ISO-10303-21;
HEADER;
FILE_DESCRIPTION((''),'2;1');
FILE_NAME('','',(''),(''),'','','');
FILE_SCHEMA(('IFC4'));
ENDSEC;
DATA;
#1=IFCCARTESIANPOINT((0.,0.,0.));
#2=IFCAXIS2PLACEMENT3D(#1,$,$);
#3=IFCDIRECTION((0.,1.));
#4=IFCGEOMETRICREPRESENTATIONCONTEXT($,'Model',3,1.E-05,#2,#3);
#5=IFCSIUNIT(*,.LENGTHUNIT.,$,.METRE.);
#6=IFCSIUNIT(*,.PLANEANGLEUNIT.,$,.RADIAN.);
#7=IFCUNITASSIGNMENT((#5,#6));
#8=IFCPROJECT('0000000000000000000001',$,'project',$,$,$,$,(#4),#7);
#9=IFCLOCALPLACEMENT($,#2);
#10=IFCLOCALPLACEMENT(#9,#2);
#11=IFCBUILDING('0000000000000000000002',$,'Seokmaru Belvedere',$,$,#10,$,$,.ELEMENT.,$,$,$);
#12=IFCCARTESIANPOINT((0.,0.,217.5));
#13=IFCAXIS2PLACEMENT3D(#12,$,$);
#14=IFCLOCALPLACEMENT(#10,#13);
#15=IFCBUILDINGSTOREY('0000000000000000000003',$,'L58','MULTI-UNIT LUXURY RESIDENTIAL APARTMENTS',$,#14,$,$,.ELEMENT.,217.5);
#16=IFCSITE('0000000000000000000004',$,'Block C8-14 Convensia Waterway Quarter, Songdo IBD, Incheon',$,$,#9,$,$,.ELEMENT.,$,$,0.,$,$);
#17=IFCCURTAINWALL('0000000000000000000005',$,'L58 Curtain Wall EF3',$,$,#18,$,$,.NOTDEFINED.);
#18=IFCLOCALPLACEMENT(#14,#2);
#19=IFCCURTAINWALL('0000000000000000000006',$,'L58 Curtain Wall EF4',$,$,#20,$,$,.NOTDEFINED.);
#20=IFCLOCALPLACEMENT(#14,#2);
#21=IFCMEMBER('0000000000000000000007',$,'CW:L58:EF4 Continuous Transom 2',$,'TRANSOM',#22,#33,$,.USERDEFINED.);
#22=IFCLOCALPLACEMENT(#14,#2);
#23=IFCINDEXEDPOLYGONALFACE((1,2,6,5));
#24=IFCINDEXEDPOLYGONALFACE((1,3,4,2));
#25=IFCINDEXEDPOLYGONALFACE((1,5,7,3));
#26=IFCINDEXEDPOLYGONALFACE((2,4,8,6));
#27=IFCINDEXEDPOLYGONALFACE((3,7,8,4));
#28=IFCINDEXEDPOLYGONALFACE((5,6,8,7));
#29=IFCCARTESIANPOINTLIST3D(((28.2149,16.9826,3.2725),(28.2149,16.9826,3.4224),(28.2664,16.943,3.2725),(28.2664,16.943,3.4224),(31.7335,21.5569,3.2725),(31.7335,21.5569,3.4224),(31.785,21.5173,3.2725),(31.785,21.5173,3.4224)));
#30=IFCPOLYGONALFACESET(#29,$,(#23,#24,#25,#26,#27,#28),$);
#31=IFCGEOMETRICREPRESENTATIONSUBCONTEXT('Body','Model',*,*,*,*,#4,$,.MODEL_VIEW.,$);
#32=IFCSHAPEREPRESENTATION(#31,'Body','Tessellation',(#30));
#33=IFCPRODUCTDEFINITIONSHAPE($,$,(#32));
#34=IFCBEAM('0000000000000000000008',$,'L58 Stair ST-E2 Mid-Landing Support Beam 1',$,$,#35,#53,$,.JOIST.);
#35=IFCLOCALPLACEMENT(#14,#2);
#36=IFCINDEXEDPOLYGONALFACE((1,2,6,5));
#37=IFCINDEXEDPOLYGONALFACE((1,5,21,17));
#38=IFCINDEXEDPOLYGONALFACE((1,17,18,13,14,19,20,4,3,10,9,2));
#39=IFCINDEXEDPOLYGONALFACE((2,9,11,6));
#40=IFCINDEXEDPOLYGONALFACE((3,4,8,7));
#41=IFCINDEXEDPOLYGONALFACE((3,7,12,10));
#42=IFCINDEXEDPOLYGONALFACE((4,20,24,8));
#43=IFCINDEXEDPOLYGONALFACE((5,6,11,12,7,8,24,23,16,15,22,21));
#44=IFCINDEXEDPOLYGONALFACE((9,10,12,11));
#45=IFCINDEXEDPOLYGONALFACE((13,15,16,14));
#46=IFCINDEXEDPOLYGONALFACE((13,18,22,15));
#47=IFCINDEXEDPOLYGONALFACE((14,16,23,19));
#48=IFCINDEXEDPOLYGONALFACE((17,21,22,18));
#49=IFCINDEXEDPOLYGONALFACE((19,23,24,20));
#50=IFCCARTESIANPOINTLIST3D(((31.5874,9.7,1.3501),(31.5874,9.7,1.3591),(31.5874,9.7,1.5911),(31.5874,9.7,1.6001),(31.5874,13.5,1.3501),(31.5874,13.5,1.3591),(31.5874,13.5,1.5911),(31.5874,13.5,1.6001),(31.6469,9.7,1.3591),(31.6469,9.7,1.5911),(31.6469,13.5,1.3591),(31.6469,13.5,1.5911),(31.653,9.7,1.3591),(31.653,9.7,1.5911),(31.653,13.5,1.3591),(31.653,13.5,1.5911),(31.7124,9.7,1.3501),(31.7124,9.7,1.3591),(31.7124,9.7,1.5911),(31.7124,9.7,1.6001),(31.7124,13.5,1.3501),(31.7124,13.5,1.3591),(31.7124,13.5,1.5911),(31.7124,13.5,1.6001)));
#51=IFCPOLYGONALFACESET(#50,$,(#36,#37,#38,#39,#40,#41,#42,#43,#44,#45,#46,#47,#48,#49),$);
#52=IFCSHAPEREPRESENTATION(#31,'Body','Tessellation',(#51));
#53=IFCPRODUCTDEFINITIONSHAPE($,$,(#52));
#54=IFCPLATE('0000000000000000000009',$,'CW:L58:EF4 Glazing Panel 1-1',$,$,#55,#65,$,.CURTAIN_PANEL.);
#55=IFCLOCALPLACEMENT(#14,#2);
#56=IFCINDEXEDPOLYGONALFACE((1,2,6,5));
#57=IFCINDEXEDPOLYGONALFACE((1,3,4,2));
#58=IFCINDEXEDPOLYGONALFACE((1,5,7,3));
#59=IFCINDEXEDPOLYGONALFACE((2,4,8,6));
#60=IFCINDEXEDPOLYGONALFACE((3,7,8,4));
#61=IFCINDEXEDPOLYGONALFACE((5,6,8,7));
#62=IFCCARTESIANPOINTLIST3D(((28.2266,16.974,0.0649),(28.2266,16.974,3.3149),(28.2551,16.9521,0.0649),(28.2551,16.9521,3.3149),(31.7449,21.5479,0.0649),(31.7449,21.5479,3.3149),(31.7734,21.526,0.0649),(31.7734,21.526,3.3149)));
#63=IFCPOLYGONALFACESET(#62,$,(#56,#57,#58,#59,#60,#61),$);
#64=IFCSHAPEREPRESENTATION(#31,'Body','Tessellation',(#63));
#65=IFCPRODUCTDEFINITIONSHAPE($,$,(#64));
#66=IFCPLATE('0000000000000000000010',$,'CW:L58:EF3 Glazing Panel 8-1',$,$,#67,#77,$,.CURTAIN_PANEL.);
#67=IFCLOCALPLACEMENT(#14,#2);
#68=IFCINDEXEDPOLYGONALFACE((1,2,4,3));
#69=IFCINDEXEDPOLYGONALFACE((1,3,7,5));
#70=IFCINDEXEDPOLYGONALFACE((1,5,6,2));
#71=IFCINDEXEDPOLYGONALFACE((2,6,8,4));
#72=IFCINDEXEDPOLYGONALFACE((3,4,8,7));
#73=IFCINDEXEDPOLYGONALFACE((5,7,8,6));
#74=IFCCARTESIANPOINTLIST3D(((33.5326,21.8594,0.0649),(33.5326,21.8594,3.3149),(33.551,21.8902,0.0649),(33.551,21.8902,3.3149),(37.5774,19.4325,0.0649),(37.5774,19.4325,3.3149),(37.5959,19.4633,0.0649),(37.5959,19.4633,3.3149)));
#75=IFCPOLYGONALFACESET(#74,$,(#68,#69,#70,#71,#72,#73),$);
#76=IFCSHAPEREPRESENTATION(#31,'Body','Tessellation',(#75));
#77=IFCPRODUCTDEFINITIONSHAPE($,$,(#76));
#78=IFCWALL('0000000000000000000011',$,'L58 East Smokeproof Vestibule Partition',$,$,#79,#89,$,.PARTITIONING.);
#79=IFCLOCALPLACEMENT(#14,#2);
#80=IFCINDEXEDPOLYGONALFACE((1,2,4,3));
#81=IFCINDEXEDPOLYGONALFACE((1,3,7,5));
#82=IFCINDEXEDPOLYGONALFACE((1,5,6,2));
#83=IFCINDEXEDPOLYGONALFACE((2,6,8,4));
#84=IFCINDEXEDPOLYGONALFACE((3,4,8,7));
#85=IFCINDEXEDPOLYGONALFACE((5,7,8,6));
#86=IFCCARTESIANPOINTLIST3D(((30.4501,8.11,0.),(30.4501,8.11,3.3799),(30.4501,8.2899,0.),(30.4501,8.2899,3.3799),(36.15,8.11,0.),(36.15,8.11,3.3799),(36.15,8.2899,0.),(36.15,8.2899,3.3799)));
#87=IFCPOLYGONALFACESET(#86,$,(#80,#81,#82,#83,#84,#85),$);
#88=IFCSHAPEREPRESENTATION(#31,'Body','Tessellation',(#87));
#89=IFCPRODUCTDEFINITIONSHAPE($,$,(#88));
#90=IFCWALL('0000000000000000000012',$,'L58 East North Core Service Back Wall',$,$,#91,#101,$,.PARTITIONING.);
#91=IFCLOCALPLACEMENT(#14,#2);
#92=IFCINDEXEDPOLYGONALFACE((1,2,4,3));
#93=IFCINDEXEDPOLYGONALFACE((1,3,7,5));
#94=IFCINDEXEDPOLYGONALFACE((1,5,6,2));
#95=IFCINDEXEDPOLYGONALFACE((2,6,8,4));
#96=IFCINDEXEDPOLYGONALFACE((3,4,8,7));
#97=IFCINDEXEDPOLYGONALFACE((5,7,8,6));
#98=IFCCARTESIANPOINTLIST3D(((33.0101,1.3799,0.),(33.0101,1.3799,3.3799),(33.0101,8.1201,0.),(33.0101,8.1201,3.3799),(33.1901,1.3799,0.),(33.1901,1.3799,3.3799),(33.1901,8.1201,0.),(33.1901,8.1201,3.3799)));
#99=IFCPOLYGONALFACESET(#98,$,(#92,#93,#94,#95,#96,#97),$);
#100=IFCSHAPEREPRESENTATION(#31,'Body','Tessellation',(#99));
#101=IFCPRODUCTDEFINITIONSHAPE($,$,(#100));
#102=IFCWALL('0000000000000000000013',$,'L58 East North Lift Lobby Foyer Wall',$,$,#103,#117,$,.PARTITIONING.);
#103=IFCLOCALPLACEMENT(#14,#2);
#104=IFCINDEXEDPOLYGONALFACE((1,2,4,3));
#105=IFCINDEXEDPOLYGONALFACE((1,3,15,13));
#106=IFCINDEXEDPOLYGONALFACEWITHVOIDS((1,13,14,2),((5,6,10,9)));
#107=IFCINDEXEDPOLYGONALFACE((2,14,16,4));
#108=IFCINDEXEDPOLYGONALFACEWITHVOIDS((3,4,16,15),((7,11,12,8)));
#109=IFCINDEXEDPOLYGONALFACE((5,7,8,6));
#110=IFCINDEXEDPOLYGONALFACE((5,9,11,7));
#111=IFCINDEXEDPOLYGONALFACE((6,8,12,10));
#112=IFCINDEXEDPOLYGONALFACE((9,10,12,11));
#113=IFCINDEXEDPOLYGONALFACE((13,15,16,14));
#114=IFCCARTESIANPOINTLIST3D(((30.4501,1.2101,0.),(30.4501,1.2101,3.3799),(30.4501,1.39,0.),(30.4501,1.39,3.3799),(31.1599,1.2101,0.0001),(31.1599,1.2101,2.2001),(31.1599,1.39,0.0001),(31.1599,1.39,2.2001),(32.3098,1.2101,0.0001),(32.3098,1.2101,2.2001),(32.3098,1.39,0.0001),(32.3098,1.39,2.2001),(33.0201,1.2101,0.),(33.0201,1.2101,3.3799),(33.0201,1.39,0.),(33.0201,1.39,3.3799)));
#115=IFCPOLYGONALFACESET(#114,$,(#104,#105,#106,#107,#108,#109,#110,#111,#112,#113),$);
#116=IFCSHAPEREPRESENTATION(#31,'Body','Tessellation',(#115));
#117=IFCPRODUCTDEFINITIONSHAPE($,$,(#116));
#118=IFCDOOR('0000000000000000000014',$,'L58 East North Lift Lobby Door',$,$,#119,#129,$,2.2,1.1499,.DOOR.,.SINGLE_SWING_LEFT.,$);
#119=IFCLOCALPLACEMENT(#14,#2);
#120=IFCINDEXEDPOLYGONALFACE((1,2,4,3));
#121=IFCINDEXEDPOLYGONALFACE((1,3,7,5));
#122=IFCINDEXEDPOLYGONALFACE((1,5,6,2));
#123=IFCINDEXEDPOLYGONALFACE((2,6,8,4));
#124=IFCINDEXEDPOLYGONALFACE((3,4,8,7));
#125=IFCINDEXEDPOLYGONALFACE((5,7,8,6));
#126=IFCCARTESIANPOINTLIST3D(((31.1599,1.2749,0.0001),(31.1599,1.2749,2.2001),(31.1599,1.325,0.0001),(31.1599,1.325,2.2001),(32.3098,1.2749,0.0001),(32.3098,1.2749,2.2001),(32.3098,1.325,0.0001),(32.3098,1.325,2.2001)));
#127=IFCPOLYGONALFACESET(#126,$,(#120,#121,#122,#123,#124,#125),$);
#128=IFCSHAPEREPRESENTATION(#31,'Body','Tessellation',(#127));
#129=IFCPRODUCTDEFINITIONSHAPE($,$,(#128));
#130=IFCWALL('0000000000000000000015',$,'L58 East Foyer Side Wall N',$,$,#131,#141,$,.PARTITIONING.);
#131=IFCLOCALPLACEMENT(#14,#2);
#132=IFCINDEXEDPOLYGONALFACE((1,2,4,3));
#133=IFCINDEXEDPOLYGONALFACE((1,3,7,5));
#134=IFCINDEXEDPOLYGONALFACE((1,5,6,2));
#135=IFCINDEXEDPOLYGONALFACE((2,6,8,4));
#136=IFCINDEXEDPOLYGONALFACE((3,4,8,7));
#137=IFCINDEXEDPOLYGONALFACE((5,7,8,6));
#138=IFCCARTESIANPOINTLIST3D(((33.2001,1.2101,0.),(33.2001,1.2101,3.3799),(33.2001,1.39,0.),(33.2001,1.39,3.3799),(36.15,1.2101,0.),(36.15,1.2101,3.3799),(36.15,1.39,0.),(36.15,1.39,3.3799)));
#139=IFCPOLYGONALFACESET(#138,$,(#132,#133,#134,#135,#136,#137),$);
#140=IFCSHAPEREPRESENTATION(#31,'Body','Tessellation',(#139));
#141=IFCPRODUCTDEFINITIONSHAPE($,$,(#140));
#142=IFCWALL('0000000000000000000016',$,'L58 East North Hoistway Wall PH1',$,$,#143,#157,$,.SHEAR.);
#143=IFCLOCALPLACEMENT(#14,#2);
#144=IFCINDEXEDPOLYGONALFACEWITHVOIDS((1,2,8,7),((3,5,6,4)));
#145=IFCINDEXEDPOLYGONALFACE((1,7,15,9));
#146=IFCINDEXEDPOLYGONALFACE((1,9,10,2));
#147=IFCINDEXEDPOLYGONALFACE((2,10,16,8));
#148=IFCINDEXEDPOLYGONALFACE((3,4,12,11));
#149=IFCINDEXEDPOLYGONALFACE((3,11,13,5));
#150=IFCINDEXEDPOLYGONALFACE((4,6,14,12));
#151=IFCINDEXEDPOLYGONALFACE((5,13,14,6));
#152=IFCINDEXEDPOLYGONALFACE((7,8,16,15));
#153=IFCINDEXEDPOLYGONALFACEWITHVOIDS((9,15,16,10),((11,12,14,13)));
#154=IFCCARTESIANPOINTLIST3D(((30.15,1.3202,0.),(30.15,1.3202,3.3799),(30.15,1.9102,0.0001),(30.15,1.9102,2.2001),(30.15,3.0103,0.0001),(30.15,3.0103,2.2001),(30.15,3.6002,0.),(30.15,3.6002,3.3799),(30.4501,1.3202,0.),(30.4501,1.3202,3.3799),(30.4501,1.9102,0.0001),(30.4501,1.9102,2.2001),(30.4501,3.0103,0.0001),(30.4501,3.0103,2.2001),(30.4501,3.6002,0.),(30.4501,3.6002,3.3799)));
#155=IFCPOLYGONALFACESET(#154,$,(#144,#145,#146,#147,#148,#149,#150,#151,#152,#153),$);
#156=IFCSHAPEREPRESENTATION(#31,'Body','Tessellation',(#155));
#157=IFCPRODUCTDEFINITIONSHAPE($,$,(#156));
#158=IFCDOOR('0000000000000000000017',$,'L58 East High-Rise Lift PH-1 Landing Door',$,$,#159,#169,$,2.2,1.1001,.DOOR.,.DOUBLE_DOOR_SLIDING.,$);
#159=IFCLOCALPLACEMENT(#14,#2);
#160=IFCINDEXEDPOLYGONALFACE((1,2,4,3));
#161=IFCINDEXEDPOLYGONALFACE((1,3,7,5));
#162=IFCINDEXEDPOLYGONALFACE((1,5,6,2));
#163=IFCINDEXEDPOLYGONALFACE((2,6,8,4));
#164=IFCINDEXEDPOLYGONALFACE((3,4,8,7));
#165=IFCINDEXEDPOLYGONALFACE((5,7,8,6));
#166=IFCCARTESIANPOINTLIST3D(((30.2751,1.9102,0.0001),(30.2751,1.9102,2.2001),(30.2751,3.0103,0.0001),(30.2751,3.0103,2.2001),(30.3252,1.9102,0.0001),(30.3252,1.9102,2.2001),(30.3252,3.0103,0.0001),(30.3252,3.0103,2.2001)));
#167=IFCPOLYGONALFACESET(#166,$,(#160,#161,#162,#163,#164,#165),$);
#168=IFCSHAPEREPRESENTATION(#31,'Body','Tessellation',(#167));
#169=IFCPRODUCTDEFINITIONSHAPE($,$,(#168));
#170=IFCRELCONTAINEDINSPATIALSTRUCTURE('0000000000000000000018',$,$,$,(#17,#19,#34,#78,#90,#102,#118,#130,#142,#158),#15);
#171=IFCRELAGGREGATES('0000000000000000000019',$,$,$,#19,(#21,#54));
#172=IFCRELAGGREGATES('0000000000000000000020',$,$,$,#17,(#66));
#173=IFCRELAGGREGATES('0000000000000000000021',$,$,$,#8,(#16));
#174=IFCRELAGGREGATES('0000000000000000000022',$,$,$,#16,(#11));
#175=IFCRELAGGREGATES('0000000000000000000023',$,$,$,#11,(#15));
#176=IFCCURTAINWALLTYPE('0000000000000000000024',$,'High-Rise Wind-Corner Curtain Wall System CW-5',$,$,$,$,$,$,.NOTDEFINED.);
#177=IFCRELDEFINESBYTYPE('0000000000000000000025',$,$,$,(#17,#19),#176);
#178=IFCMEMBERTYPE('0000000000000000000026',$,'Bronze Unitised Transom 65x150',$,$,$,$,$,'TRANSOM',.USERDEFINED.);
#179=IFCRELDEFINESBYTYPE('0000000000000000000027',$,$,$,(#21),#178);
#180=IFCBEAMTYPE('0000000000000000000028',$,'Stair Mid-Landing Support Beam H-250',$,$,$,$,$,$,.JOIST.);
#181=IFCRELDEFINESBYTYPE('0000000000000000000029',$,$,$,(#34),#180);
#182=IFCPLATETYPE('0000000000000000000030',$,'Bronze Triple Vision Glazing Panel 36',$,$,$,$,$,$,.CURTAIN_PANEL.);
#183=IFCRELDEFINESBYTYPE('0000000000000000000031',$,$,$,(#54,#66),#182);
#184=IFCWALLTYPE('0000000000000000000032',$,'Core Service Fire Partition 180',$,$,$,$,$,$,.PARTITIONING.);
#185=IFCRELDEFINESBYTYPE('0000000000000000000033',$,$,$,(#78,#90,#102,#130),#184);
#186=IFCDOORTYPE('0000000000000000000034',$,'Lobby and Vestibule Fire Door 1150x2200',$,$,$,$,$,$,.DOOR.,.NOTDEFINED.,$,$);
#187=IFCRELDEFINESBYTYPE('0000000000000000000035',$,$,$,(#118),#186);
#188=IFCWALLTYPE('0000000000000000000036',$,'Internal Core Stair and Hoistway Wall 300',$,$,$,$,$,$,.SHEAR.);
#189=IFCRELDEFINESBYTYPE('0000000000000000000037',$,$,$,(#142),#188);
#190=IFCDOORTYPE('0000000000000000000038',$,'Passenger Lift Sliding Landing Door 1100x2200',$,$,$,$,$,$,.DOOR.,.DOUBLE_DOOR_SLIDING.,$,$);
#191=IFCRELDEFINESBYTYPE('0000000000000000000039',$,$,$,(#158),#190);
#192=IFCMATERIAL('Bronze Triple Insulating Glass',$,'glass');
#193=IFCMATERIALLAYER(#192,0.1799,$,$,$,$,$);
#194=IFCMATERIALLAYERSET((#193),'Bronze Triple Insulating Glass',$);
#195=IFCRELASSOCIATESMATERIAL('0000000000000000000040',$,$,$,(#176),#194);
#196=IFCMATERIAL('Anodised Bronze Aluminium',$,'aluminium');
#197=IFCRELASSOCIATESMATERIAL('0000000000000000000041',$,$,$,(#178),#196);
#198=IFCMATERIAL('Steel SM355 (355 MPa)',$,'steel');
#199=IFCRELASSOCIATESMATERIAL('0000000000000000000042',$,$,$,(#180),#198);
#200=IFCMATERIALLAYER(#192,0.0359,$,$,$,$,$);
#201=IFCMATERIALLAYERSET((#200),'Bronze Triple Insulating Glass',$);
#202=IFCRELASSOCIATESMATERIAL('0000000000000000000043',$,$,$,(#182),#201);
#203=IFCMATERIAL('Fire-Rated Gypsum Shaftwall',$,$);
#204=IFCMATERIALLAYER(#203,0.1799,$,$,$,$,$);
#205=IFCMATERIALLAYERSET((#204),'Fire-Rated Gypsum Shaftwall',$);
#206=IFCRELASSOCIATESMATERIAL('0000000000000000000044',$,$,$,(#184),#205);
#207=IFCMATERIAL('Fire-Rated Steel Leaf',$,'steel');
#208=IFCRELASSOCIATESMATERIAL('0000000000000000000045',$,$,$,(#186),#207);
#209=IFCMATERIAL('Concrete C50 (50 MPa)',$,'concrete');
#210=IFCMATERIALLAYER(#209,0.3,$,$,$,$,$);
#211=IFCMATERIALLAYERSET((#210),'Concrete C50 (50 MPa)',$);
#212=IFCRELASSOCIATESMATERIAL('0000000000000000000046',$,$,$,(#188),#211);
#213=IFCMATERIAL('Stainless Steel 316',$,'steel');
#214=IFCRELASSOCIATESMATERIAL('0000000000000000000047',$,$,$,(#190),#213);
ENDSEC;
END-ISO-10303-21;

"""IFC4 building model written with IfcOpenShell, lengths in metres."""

from ifc_helpers import new_model, si_unit, direction, frame, frame_2d, origin, origin_2d, place, context, subcontext, project, spatial, rectangle, i_section, extrude, source, transform, mapped, material, layer, layer_set, material_profile, profile_set, type_object, type_shapes, element, fill, aggregate, save


model = new_model("IFC4")

# Units and contexts
model_context = context("Model", 3, precision=1e-05, world=origin(), true_north=direction((0.0, 1.0)))
body_context = subcontext(model_context, "Body", "Model", "MODEL_VIEW")
ifc_project = project(units=[si_unit("LENGTHUNIT", "METRE"), si_unit("PLANEANGLEUNIT", "RADIAN")], contexts=[model_context])

# Site, building, storey
site_placement = place(None, origin())
site = spatial("IfcSite", under=ifc_project, at=site_placement, Name="Block C8-14 Convensia Waterway Quarter, Songdo IBD, Incheon", CompositionType="ELEMENT", RefElevation=0.0)
building_placement = place(site_placement, origin())
building = spatial("IfcBuilding", under=site, at=building_placement, Name="Seokmaru Belvedere", CompositionType="ELEMENT")
storey_placement = place(building_placement, frame((0.0, 0.0, 217.5)))
storey = spatial("IfcBuildingStorey", under=building, at=storey_placement, Name="L58", Description="MULTI-UNIT LUXURY RESIDENTIAL APARTMENTS", CompositionType="ELEMENT", Elevation=217.5)

# Shared definitions
ifc_material_1 = material(Name="Steel SM355 (355 MPa)", Category="steel")

# Curtain wall
ifc_material_2 = material(Name="Bronze Triple Insulating Glass", Category="glass")
ifc_layer_1 = layer(ifc_material_2, 0.1799)
ifc_layer_set_1 = layer_set([ifc_layer_1], Name="Bronze Triple Insulating Glass")
curtain_wall_type = type_object("IfcCurtainWallType", Name="High-Rise Wind-Corner Curtain Wall System CW-5", PredefinedType="NOTDEFINED", material=ifc_layer_set_1)
curtain_wall_1_placement = place(storey_placement, origin())
curtain_wall_1 = element("IfcCurtainWall", 1, at=curtain_wall_1_placement, inside=storey, type_object=curtain_wall_type, Name="L58 Curtain Wall EF3", PredefinedType="NOTDEFINED")
ifc_material_3 = material(Name="Anodised Bronze Aluminium", Category="aluminium")

# Curtain wall, member
curtain_wall_2_placement = place(storey_placement, origin())
curtain_wall_2 = element("IfcCurtainWall", 2, at=curtain_wall_2_placement, inside=storey, type_object=curtain_wall_type, Name="L58 Curtain Wall EF4", PredefinedType="NOTDEFINED")
ifc_material_profile_1 = material_profile(ifc_material_3, rectangle(XDim=0.0649, YDim=0.1499, at=origin_2d()), Name="CW-T-65x150")
ifc_profile_set_1 = profile_set([ifc_material_profile_1], Name="Anodised Bronze Aluminium")
member_type_1 = type_object("IfcMemberType", Name="Bronze Unitised Transom 65x150", ElementType="TRANSOM", PredefinedType="USERDEFINED", material=ifc_profile_set_1)
shared_shape_1 = source(origin(), body_context, "Body", "SweptSolid", [
    extrude(rectangle(XDim=0.0649, YDim=0.1499, at=origin_2d()), origin(), (0.0, 0.0, 1.0), 5.771),
])
type_shapes(member_type_1, [shared_shape_1])
member_1_placement = place(storey_placement, frame((31.7593, 21.5371, 3.3474), z_axis=(-0.609703, -0.79263, 0.0), x_axis=(0.79263, -0.609703, 0.0)))
member_1 = element("IfcMember", 3, at=member_1_placement, type_object=member_type_1, Name="CW:L58:EF4 Continuous Transom 2", ObjectType="TRANSOM", PredefinedType="USERDEFINED", context=body_context, shape_type="MappedRepresentation", body=[
    mapped(shared_shape_1, transform((0.0, 0.0, 0.0), scale=1.0)),
])

# Beam
ifc_material_profile_2 = material_profile(ifc_material_1, i_section(OverallWidth=0.125, OverallDepth=0.25, WebThickness=0.0061, FlangeThickness=0.009, at=origin_2d()), Name="H-250x125x6x9")
ifc_profile_set_2 = profile_set([ifc_material_profile_2], Name="Steel SM355 (355 MPa)")
beam_type_1 = type_object("IfcBeamType", Name="Stair Mid-Landing Support Beam H-250", PredefinedType="JOIST", material=ifc_profile_set_2)
shared_shape_2 = source(origin(), body_context, "Body", "SweptSolid", [
    extrude(i_section(OverallWidth=0.125, OverallDepth=0.25, WebThickness=0.0061, FlangeThickness=0.009, at=origin_2d()), origin(), (0.0, 0.0, 1.0), 3.8),
])
type_shapes(beam_type_1, [shared_shape_2])
beam_1_placement = place(storey_placement, frame((31.6499, 9.7, 1.4751), z_axis=(0.0, 1.0, 0.0), x_axis=(-1.0, 0.0, 0.0)))
element("IfcBeam", 4, at=beam_1_placement, inside=storey, type_object=beam_type_1, Name="L58 Stair ST-E2 Mid-Landing Support Beam 1", PredefinedType="JOIST", context=body_context, shape_type="MappedRepresentation", body=[
    mapped(shared_shape_2, transform((0.0, 0.0, 0.0), scale=1.0)),
])

# Plates
ifc_layer_2 = layer(ifc_material_2, 0.0359)
ifc_layer_set_2 = layer_set([ifc_layer_2], Name="Bronze Triple Insulating Glass")
plate_type = type_object("IfcPlateType", Name="Bronze Triple Vision Glazing Panel 36", PredefinedType="CURTAIN_PANEL", material=ifc_layer_set_2)
shared_shape_3 = source(origin(), body_context, "Body", "SweptSolid", [
    extrude(rectangle(XDim=5.7705, YDim=0.0359, at=origin_2d()), origin(), (0.0, 0.0, 1.0), 3.25),
])
plate_1_placement = place(storey_placement, frame((30.0, 19.25, 0.0649), z_axis=(0.0, 0.0, 1.0), x_axis=(-0.609701, -0.792631, 0.0)))
plate_1 = element("IfcPlate", 5, at=plate_1_placement, type_object=plate_type, Name="CW:L58:EF4 Glazing Panel 1-1", PredefinedType="CURTAIN_PANEL", context=body_context, shape_type="MappedRepresentation", body=[
    mapped(shared_shape_3, transform((0.0, 0.0, 0.0), scale=1.0)),
])
aggregate(curtain_wall_2, [member_1, plate_1])
shared_shape_4 = source(origin(), body_context, "Body", "SweptSolid", [
    extrude(rectangle(XDim=4.717, YDim=0.0359, at=origin_2d()), origin(), (0.0, 0.0, 1.0), 3.25),
])
type_shapes(plate_type, [shared_shape_3, shared_shape_4])
plate_2_placement = place(storey_placement, frame((35.5642, 20.6614, 0.0649), z_axis=(0.0, 0.0, 1.0), x_axis=(-0.857493, 0.514495, 0.0)))
plate_2 = element("IfcPlate", 6, at=plate_2_placement, type_object=plate_type, Name="CW:L58:EF3 Glazing Panel 8-1", PredefinedType="CURTAIN_PANEL", context=body_context, shape_type="MappedRepresentation", body=[
    mapped(shared_shape_4, transform((0.0, 0.0, 0.0), scale=1.0)),
])
aggregate(curtain_wall_1, [plate_2])

# Walls
ifc_material_4 = material(Name="Fire-Rated Gypsum Shaftwall")
ifc_layer_3 = layer(ifc_material_4, 0.1799)
ifc_layer_set_3 = layer_set([ifc_layer_3], Name="Fire-Rated Gypsum Shaftwall")
wall_type_1 = type_object("IfcWallType", Name="Core Service Fire Partition 180", PredefinedType="PARTITIONING", material=ifc_layer_set_3)
wall_1_placement = place(storey_placement, frame((30.45, 8.2, 0.0), z_axis=(0.0, 0.0, 1.0), x_axis=(1.0, 0.0, 0.0)))
element("IfcWall", 7, at=wall_1_placement, inside=storey, type_object=wall_type_1, Name="L58 East Smokeproof Vestibule Partition", PredefinedType="PARTITIONING", context=body_context, shape_type="SweptSolid", body=[
    extrude(rectangle(XDim=5.7, YDim=0.1799, at=frame_2d((2.8501, 0.0))), origin(), (0.0, 0.0, 1.0), 3.3799),
])
wall_2_placement = place(storey_placement, frame((33.1001, 1.3799, 0.0), z_axis=(0.0, 0.0, 1.0), x_axis=(0.0, 1.0, 0.0)))
element("IfcWall", 8, at=wall_2_placement, inside=storey, type_object=wall_type_1, Name="L58 East North Core Service Back Wall", PredefinedType="PARTITIONING", context=body_context, shape_type="SweptSolid", body=[
    extrude(rectangle(XDim=6.7402, YDim=0.1799, at=frame_2d((3.3701, 0.0))), origin(), (0.0, 0.0, 1.0), 3.3799),
])

# Wall, opening, door
wall_3_placement = place(storey_placement, frame((30.45, 1.3, 0.0), z_axis=(0.0, 0.0, 1.0), x_axis=(1.0, 0.0, 0.0)))
wall_3 = element("IfcWall", 9, at=wall_3_placement, inside=storey, type_object=wall_type_1, Name="L58 East North Lift Lobby Foyer Wall", PredefinedType="PARTITIONING", context=body_context, shape_type="SweptSolid", body=[
    extrude(rectangle(XDim=2.5701, YDim=0.1799, at=frame_2d((1.2852, 0.0))), origin(), (0.0, 0.0, 1.0), 3.3799),
])
opening_1_placement = place(wall_3_placement, frame((0.71, 0.0, 0.0)))
opening_1 = element("IfcOpeningElement", 10, at=opening_1_placement, cuts=wall_3, PredefinedType="OPENING", context=body_context, shape_type="SweptSolid", body=[
    extrude(rectangle(XDim=1.1499, YDim=2.2, at=frame_2d((0.575, 1.1001))), frame((0.0, 0.1001, 0.0), z_axis=(0.0, -1.0, 0.0), x_axis=(1.0, 0.0, 0.0)), (0.0, 0.0, 1.0), 0.2),
])
ifc_material_5 = material(Name="Fire-Rated Steel Leaf", Category="steel")
door_type_1 = type_object("IfcDoorType", Name="Lobby and Vestibule Fire Door 1150x2200", OperationType="NOTDEFINED", PredefinedType="DOOR", material=ifc_material_5)
shared_shape_5 = source(origin(), body_context, "Body", "SweptSolid", [
    extrude(rectangle(XDim=1.1499, YDim=2.2, at=frame_2d((0.575, 1.1001))), frame((0.0, 0.0249, 0.0), z_axis=(0.0, -1.0, 0.0), x_axis=(1.0, 0.0, 0.0)), (0.0, 0.0, 1.0), 0.05),
])
type_shapes(door_type_1, [shared_shape_5])
door_1_placement = place(opening_1_placement, origin())
door_1 = element("IfcDoor", 11, at=door_1_placement, inside=storey, type_object=door_type_1, Name="L58 East North Lift Lobby Door", OperationType="SINGLE_SWING_LEFT", OverallHeight=2.2, OverallWidth=1.1499, PredefinedType="DOOR", context=body_context, shape_type="MappedRepresentation", body=[
    mapped(shared_shape_5, transform((0.0, 0.0, 0.0), scale=1.0)),
])
fill(opening_1, door_1)

# Wall
wall_4_placement = place(storey_placement, frame((33.2, 1.3, 0.0), z_axis=(0.0, 0.0, 1.0), x_axis=(1.0, 0.0, 0.0)))
element("IfcWall", 12, at=wall_4_placement, inside=storey, type_object=wall_type_1, Name="L58 East Foyer Side Wall N", PredefinedType="PARTITIONING", context=body_context, shape_type="SweptSolid", body=[
    extrude(rectangle(XDim=2.95, YDim=0.1799, at=frame_2d((1.4751, 0.0))), origin(), (0.0, 0.0, 1.0), 3.3799),
])

# Wall, opening, door
ifc_material_6 = material(Name="Concrete C50 (50 MPa)", Category="concrete")
ifc_layer_4 = layer(ifc_material_6, 0.3)
ifc_layer_set_4 = layer_set([ifc_layer_4], Name="Concrete C50 (50 MPa)")
wall_type_2 = type_object("IfcWallType", Name="Internal Core Stair and Hoistway Wall 300", PredefinedType="SHEAR", material=ifc_layer_set_4)
wall_5_placement = place(storey_placement, frame((30.3, 1.3201, 0.0), z_axis=(0.0, 0.0, 1.0), x_axis=(0.0, 1.0, 0.0)))
wall_5 = element("IfcWall", 13, at=wall_5_placement, inside=storey, type_object=wall_type_2, Name="L58 East North Hoistway Wall PH1", PredefinedType="SHEAR", context=body_context, shape_type="SweptSolid", body=[
    extrude(rectangle(XDim=2.28, YDim=0.3, at=frame_2d((1.1401, 0.0))), origin(), (0.0, 0.0, 1.0), 3.3799),
])
opening_2_placement = place(wall_5_placement, frame((0.5901, 0.0, 0.0)))
opening_2 = element("IfcOpeningElement", 14, at=opening_2_placement, cuts=wall_5, PredefinedType="OPENING", context=body_context, shape_type="SweptSolid", body=[
    extrude(rectangle(XDim=1.1001, YDim=2.2, at=frame_2d((0.55, 1.1001))), frame((0.0, 0.1602, 0.0), z_axis=(0.0, -1.0, 0.0), x_axis=(1.0, 0.0, 0.0)), (0.0, 0.0, 1.0), 0.3201),
])
ifc_material_7 = material(Name="Stainless Steel 316", Category="steel")
door_type_2 = type_object("IfcDoorType", Name="Passenger Lift Sliding Landing Door 1100x2200", OperationType="DOUBLE_DOOR_SLIDING", PredefinedType="DOOR", material=ifc_material_7)
shared_shape_6 = source(origin(), body_context, "Body", "SweptSolid", [
    extrude(rectangle(XDim=1.1001, YDim=2.2, at=frame_2d((0.55, 1.1001))), frame((0.0, 0.0249, 0.0), z_axis=(0.0, -1.0, 0.0), x_axis=(1.0, 0.0, 0.0)), (0.0, 0.0, 1.0), 0.05),
])
type_shapes(door_type_2, [shared_shape_6])
door_2_placement = place(opening_2_placement, origin())
door_2 = element("IfcDoor", 15, at=door_2_placement, inside=storey, type_object=door_type_2, Name="L58 East High-Rise Lift PH-1 Landing Door", OperationType="DOUBLE_DOOR_SLIDING", OverallHeight=2.2, OverallWidth=1.1001, PredefinedType="DOOR", context=body_context, shape_type="MappedRepresentation", body=[
    mapped(shared_shape_6, transform((0.0, 0.0, 0.0), scale=1.0)),
])
fill(opening_2, door_2)

save(model, "model.ifc")
